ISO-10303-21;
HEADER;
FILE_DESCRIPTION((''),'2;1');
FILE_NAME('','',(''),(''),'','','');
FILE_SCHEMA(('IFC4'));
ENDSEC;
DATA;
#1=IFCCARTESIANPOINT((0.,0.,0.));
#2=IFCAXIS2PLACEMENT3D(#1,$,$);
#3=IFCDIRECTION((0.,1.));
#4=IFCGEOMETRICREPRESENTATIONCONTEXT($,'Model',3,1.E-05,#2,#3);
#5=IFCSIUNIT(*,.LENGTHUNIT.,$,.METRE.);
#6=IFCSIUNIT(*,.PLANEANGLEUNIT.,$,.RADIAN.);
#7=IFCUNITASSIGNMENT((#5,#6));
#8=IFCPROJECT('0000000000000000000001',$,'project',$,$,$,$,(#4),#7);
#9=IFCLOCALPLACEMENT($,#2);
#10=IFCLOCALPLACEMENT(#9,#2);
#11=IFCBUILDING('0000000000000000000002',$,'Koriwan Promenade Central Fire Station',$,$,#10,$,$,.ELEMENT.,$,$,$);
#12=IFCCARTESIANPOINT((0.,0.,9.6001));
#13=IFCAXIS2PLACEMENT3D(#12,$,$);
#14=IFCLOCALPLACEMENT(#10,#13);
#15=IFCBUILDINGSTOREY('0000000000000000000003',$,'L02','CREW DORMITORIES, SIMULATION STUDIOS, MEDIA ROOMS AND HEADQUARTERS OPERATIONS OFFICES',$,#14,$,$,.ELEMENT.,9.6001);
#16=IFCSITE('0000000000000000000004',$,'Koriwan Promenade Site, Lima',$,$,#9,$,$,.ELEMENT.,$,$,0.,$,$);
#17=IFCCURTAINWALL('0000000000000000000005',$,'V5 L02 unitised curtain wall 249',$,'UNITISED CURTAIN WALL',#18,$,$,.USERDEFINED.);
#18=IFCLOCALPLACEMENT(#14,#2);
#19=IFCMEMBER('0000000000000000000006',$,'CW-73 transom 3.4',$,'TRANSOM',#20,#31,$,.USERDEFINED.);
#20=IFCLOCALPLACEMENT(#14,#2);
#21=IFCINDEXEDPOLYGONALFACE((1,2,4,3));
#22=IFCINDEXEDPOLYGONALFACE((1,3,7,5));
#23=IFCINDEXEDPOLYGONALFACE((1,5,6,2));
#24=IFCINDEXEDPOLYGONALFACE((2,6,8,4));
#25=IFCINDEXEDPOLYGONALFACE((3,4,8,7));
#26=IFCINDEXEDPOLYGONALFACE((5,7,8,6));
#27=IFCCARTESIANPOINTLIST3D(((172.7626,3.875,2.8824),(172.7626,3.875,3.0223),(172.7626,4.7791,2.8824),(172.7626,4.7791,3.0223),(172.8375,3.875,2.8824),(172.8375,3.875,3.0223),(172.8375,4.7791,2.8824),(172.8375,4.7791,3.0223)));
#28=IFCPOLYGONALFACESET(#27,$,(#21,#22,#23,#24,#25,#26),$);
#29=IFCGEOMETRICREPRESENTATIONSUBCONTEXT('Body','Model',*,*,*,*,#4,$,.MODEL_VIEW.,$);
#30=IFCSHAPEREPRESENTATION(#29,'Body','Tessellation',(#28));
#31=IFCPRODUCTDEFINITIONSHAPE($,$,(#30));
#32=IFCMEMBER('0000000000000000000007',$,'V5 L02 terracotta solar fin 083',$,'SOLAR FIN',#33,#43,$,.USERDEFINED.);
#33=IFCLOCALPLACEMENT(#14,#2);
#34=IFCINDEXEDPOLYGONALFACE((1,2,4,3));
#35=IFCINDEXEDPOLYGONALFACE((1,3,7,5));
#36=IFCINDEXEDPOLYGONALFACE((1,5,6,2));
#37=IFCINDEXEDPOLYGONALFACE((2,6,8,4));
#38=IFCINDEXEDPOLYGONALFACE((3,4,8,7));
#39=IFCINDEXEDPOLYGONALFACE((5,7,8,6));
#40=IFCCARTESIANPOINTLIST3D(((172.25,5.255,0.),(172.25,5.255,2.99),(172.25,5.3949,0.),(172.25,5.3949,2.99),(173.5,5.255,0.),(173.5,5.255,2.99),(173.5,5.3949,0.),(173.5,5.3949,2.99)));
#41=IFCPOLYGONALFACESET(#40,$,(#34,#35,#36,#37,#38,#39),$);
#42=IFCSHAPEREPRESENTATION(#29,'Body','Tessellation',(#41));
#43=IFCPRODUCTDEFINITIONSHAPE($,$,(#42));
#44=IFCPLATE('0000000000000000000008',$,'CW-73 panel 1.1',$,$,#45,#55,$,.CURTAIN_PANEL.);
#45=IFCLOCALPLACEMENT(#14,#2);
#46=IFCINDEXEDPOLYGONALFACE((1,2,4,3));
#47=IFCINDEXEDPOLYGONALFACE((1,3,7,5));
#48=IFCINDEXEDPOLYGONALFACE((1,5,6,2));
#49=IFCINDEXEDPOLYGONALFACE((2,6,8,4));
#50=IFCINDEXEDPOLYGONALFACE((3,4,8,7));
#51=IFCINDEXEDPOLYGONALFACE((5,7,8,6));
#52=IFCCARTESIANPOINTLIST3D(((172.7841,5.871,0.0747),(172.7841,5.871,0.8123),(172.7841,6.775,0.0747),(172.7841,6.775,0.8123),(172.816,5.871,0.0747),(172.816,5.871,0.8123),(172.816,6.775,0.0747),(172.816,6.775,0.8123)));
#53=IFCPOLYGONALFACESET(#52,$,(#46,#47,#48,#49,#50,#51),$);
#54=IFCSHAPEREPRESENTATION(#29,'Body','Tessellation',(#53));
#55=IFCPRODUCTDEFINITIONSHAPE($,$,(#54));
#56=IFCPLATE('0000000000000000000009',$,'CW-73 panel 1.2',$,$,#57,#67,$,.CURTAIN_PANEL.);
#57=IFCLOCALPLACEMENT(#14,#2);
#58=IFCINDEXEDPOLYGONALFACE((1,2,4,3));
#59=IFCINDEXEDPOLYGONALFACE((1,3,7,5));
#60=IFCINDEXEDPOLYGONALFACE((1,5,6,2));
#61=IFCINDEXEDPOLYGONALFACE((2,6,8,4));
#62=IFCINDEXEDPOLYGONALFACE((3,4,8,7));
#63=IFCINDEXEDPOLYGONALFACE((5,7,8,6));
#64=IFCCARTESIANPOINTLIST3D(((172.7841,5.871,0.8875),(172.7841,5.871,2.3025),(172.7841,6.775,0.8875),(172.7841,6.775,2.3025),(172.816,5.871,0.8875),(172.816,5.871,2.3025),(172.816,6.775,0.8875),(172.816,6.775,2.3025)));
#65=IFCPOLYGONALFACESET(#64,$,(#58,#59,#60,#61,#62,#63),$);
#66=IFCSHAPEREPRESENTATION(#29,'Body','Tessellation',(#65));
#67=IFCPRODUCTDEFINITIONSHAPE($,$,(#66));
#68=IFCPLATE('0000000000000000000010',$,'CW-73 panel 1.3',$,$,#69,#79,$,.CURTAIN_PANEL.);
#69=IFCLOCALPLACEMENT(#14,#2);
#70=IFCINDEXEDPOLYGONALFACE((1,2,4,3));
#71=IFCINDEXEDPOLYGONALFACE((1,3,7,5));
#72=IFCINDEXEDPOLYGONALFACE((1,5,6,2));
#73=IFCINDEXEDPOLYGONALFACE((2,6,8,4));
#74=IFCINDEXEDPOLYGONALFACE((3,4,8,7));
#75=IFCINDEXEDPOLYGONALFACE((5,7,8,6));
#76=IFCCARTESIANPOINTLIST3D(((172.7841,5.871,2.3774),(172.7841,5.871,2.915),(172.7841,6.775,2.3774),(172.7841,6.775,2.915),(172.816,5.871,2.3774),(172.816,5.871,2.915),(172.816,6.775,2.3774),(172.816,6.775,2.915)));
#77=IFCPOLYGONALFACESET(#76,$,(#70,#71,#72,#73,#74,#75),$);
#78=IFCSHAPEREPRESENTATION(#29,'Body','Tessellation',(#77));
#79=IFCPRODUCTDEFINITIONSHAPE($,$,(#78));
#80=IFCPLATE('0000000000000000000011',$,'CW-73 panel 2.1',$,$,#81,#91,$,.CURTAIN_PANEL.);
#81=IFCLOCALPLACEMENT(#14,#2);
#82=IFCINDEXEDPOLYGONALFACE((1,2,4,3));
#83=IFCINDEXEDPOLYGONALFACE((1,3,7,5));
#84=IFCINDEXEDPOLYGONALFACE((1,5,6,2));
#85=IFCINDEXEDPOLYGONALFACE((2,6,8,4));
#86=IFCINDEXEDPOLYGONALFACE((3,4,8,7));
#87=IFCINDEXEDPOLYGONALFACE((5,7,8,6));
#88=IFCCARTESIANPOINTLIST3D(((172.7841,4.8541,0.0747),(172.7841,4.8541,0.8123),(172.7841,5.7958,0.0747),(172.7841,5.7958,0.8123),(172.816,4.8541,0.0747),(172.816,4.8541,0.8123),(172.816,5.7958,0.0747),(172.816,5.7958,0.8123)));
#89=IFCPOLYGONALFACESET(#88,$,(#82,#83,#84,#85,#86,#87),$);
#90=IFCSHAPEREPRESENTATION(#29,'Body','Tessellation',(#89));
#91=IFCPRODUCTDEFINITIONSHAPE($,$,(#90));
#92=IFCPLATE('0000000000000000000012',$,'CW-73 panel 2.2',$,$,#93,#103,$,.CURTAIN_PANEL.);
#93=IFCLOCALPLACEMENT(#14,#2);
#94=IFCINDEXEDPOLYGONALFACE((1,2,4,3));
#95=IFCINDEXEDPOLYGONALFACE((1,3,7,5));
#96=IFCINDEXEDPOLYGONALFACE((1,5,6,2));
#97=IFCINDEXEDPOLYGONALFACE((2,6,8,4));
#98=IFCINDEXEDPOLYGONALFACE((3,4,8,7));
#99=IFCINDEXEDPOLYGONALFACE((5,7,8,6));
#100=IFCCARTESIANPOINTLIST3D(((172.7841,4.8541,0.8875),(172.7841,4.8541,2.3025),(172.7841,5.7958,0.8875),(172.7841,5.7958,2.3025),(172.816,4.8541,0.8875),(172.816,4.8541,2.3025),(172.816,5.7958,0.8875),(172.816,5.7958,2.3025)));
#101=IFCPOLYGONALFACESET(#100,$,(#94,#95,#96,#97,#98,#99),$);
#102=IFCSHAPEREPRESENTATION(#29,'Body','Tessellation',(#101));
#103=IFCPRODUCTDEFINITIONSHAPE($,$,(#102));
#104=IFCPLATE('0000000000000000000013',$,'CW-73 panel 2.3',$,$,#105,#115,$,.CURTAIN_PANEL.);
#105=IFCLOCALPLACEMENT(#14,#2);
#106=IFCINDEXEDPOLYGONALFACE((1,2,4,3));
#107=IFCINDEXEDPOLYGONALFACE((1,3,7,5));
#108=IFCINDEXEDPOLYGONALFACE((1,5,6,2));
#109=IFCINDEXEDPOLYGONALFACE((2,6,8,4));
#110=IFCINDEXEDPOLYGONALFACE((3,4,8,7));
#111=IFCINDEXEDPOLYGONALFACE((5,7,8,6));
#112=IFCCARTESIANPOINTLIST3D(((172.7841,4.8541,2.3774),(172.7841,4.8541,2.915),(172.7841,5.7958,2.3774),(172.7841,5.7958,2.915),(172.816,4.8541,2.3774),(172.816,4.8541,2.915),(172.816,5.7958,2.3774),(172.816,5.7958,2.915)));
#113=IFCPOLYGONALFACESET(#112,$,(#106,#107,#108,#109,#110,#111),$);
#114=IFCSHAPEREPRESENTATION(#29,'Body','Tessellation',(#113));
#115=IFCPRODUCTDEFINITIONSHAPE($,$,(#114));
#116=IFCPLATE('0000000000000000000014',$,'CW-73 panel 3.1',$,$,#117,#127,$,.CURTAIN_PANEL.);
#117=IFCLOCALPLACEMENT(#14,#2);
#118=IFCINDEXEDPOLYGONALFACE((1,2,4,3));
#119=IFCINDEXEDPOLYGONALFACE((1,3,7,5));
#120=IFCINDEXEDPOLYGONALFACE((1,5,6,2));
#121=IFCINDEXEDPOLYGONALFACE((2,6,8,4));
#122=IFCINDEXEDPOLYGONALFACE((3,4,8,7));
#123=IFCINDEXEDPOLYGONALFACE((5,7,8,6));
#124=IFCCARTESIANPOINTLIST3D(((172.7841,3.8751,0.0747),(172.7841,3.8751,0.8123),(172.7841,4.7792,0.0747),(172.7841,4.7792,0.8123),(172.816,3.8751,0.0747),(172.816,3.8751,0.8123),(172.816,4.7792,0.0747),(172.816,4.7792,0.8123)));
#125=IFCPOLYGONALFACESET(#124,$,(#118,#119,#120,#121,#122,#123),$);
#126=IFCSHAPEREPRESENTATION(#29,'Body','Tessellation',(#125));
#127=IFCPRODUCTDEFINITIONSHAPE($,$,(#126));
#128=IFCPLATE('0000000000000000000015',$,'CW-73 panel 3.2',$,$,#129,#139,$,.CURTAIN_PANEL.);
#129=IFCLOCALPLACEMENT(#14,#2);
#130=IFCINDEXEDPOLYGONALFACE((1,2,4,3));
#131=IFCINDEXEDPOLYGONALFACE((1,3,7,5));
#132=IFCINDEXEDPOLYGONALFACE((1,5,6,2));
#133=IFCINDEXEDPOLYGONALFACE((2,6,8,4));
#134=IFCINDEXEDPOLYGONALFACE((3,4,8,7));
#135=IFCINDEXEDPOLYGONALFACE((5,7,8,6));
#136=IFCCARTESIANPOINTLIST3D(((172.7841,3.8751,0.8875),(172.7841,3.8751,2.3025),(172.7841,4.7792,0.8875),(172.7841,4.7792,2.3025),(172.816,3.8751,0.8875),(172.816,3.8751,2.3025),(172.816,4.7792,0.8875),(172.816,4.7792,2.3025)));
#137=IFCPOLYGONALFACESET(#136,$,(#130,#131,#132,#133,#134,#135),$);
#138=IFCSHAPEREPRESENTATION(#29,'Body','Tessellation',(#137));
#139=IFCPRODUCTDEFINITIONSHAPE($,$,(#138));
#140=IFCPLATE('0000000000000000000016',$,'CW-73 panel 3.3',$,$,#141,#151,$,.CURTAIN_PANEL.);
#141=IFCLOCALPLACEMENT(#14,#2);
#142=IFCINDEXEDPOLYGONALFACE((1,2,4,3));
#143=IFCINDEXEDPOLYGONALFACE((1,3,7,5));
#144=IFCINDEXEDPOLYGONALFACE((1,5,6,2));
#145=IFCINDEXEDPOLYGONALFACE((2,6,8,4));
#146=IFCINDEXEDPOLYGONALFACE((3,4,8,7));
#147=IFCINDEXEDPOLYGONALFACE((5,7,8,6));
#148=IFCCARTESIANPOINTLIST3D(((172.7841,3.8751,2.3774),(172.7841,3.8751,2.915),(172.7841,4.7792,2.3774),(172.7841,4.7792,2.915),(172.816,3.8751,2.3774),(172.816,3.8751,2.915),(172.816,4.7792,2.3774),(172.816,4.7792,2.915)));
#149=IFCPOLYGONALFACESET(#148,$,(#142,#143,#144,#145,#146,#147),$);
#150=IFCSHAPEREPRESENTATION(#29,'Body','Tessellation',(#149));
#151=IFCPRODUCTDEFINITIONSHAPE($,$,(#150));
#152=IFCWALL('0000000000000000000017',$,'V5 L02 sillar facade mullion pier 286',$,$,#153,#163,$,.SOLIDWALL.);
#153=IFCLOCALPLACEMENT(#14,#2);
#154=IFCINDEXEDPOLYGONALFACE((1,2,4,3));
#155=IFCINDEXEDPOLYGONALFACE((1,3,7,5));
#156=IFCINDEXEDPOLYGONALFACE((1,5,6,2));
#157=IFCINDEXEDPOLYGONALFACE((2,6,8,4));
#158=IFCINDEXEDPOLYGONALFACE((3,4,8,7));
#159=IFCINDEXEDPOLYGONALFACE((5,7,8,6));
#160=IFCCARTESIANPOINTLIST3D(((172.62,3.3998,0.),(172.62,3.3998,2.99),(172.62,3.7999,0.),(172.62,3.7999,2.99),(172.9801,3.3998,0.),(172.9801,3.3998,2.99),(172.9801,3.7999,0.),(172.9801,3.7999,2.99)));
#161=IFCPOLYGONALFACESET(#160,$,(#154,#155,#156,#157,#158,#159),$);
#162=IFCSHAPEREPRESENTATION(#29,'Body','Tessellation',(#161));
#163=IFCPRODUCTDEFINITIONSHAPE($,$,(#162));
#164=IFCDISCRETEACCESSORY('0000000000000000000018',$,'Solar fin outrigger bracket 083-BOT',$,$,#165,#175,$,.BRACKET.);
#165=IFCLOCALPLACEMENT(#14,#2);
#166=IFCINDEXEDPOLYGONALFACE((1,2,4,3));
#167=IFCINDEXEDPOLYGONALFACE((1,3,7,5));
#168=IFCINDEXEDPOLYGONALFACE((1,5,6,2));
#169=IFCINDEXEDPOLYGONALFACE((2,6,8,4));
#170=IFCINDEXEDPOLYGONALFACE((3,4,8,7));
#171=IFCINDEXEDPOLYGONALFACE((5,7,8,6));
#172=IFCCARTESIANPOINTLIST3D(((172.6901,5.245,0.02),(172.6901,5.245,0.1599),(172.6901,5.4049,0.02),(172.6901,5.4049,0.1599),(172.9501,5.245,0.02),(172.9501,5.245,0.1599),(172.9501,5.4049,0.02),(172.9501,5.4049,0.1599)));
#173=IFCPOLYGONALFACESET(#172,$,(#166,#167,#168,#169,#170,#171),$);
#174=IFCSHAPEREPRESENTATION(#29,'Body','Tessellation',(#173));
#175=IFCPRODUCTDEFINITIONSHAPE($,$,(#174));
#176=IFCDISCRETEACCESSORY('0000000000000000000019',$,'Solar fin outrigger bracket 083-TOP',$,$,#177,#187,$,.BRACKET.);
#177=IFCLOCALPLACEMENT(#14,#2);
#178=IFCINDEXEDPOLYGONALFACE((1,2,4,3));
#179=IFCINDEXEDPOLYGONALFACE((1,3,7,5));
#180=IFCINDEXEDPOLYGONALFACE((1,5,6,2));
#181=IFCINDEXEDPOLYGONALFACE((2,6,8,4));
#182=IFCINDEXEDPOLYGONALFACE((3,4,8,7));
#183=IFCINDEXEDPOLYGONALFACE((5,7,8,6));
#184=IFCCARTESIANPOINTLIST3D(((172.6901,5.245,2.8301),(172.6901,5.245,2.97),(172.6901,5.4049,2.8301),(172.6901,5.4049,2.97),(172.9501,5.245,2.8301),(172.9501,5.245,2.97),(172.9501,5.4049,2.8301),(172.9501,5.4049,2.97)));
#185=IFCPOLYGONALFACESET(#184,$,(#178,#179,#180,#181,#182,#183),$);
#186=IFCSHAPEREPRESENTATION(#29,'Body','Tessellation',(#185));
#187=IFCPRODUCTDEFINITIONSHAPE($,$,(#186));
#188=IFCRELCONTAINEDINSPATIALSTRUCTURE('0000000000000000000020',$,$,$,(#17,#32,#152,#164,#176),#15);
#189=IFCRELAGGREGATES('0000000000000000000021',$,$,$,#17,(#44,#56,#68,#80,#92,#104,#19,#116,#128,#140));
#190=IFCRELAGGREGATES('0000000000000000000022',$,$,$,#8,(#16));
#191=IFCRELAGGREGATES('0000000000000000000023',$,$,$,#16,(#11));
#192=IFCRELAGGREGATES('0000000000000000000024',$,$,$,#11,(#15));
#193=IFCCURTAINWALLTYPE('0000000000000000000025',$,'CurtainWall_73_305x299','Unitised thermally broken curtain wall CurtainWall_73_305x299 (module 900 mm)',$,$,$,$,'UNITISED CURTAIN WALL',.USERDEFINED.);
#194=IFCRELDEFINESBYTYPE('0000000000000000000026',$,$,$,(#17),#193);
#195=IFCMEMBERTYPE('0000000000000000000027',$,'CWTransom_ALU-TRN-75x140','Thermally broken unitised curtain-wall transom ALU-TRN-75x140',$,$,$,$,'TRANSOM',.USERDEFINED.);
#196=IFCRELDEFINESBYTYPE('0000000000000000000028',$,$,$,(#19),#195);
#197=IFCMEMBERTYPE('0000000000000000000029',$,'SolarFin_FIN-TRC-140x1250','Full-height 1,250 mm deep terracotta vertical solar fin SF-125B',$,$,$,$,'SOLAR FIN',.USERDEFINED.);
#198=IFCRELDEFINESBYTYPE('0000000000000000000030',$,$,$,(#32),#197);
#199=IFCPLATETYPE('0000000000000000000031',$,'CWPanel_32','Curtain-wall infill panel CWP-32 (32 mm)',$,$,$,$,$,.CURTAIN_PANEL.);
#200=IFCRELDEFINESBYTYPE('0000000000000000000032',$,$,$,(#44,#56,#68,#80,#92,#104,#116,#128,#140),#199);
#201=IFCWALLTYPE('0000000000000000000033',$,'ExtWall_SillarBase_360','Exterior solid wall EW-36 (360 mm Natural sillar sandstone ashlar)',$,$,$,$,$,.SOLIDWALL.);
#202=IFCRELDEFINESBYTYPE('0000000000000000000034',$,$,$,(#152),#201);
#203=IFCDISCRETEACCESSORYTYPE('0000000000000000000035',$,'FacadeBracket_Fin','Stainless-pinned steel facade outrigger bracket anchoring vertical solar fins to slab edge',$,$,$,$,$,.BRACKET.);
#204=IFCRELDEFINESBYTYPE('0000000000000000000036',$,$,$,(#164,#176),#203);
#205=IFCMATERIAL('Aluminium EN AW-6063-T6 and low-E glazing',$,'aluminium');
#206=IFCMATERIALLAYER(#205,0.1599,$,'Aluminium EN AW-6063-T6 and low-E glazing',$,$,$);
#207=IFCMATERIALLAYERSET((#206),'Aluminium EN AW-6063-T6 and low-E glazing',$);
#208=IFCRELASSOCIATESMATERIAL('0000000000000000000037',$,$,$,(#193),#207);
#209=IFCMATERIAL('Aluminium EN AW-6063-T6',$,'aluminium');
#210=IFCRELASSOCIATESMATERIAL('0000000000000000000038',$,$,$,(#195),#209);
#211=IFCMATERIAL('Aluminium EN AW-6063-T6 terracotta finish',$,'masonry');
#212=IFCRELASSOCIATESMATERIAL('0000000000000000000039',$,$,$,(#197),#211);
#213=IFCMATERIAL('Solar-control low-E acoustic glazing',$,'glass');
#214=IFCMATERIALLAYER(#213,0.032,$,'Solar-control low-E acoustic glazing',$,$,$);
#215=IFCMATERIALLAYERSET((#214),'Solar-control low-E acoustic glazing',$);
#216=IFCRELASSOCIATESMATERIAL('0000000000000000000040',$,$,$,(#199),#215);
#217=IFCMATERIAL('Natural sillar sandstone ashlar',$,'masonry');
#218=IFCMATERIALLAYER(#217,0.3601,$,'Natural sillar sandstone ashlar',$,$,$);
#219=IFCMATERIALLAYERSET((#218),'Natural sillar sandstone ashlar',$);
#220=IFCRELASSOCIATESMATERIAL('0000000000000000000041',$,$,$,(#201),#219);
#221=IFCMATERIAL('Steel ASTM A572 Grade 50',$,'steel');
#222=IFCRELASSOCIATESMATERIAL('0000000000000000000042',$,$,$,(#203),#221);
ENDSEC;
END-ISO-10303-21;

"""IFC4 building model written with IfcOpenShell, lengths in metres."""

from ifc_helpers import new_model, si_unit, direction, frame, frame_2d, origin, origin_2d, place, context, subcontext, project, spatial, rectangle, extrude, material, layer, layer_set, material_profile, profile_set, type_object, element, aggregate, save


model = new_model("IFC4")

# Units and contexts
model_context = context("Model", 3, precision=1e-05, world=origin(), true_north=direction((0.0, 1.0)))
body_context = subcontext(model_context, "Body", "Model", "MODEL_VIEW")
ifc_project = project(units=[si_unit("LENGTHUNIT", "METRE"), si_unit("PLANEANGLEUNIT", "RADIAN")], contexts=[model_context])

# Site, building, storey
site_placement = place(None, origin())
site = spatial("IfcSite", under=ifc_project, at=site_placement, Name="Koriwan Promenade Site, Lima", CompositionType="ELEMENT", RefElevation=0.0)
building_placement = place(site_placement, origin())
building = spatial("IfcBuilding", under=site, at=building_placement, Name="Koriwan Promenade Central Fire Station", CompositionType="ELEMENT")
storey_placement = place(building_placement, frame((0.0, 0.0, 9.6001)))
storey = spatial("IfcBuildingStorey", under=building, at=storey_placement, Name="L02", Description="CREW DORMITORIES, SIMULATION STUDIOS, MEDIA ROOMS AND HEADQUARTERS OPERATIONS OFFICES", CompositionType="ELEMENT", Elevation=9.6001)

# Curtain wall, member
ifc_material_1 = material(Name="Aluminium EN AW-6063-T6 and low-E glazing", Category="aluminium")
ifc_layer_1 = layer(ifc_material_1, 0.1599, Name="Aluminium EN AW-6063-T6 and low-E glazing")
ifc_layer_set_1 = layer_set([ifc_layer_1], Name="Aluminium EN AW-6063-T6 and low-E glazing")
curtain_wall_type = type_object("IfcCurtainWallType", Name="CurtainWall_73_305x299", Description="Unitised thermally broken curtain wall CurtainWall_73_305x299 (module 900 mm)", ElementType="UNITISED CURTAIN WALL", PredefinedType="USERDEFINED", material=ifc_layer_set_1)
curtain_wall_placement = place(storey_placement, origin())
curtain_wall = element("IfcCurtainWall", 1, at=curtain_wall_placement, inside=storey, type_object=curtain_wall_type, Name="V5 L02 unitised curtain wall 249", ObjectType="UNITISED CURTAIN WALL", PredefinedType="USERDEFINED")
ifc_material_2 = material(Name="Aluminium EN AW-6063-T6", Category="aluminium")
ifc_material_profile_1 = material_profile(ifc_material_2, rectangle(XDim=0.075, YDim=0.1399, at=origin_2d()), Name="ALU-TRN-75x140")
ifc_profile_set_1 = profile_set([ifc_material_profile_1], Name="Aluminium EN AW-6063-T6")
member_type_1 = type_object("IfcMemberType", Name="CWTransom_ALU-TRN-75x140", Description="Thermally broken unitised curtain-wall transom ALU-TRN-75x140", ElementType="TRANSOM", PredefinedType="USERDEFINED", material=ifc_profile_set_1)
member_1_placement = place(storey_placement, frame((172.8, 4.7791, 2.9524), z_axis=(0.0, -1.0, 0.0), x_axis=(1.0, 0.0, 0.0)))
member_1 = element("IfcMember", 2, at=member_1_placement, type_object=member_type_1, Name="CW-73 transom 3.4", ObjectType="TRANSOM", PredefinedType="USERDEFINED", context=body_context, shape_type="SweptSolid", body=[
    extrude(rectangle(XDim=0.075, YDim=0.1399, at=origin_2d()), origin(), (0.0, 0.0, 1.0), 0.9041),
])

# Member
ifc_material_3 = material(Name="Aluminium EN AW-6063-T6 terracotta finish", Category="masonry")
ifc_material_profile_2 = material_profile(ifc_material_3, rectangle(XDim=0.1399, YDim=1.25, at=origin_2d()), Name="FIN-TRC-140x1250")
ifc_profile_set_2 = profile_set([ifc_material_profile_2], Name="Aluminium EN AW-6063-T6 terracotta finish")
member_type_2 = type_object("IfcMemberType", Name="SolarFin_FIN-TRC-140x1250", Description="Full-height 1,250 mm deep terracotta vertical solar fin SF-125B", ElementType="SOLAR FIN", PredefinedType="USERDEFINED", material=ifc_profile_set_2)
member_2_placement = place(storey_placement, frame((172.875, 5.325, 0.0), z_axis=(0.0, 0.0, 1.0), x_axis=(0.0, -1.0, 0.0)))
element("IfcMember", 3, at=member_2_placement, inside=storey, type_object=member_type_2, Name="V5 L02 terracotta solar fin 083", ObjectType="SOLAR FIN", PredefinedType="USERDEFINED", context=body_context, shape_type="SweptSolid", body=[
    extrude(rectangle(XDim=0.1399, YDim=1.25, at=origin_2d()), origin(), (0.0, 0.0, 1.0), 2.99),
])

# Plates
ifc_material_4 = material(Name="Solar-control low-E acoustic glazing", Category="glass")
ifc_layer_2 = layer(ifc_material_4, 0.032, Name="Solar-control low-E acoustic glazing")
ifc_layer_set_2 = layer_set([ifc_layer_2], Name="Solar-control low-E acoustic glazing")
plate_type = type_object("IfcPlateType", Name="CWPanel_32", Description="Curtain-wall infill panel CWP-32 (32 mm)", PredefinedType="CURTAIN_PANEL", material=ifc_layer_set_2)
plate_1_placement = place(storey_placement, frame((172.8, 6.323, 0.0747), z_axis=(0.0, 0.0, 1.0), x_axis=(0.0, -1.0, 0.0)))
plate_1 = element("IfcPlate", 4, at=plate_1_placement, type_object=plate_type, Name="CW-73 panel 1.1", PredefinedType="CURTAIN_PANEL", context=body_context, shape_type="SweptSolid", body=[
    extrude(rectangle(XDim=0.9041, YDim=0.032, at=origin_2d()), origin(), (0.0, 0.0, 1.0), 0.7375),
])
plate_2_placement = place(storey_placement, frame((172.8, 6.323, 0.8875), z_axis=(0.0, 0.0, 1.0), x_axis=(0.0, -1.0, 0.0)))
plate_2 = element("IfcPlate", 5, at=plate_2_placement, type_object=plate_type, Name="CW-73 panel 1.2", PredefinedType="CURTAIN_PANEL", context=body_context, shape_type="SweptSolid", body=[
    extrude(rectangle(XDim=0.9041, YDim=0.032, at=origin_2d()), origin(), (0.0, 0.0, 1.0), 1.415),
])
plate_3_placement = place(storey_placement, frame((172.8, 6.323, 2.3774), z_axis=(0.0, 0.0, 1.0), x_axis=(0.0, -1.0, 0.0)))
plate_3 = element("IfcPlate", 6, at=plate_3_placement, type_object=plate_type, Name="CW-73 panel 1.3", PredefinedType="CURTAIN_PANEL", context=body_context, shape_type="SweptSolid", body=[
    extrude(rectangle(XDim=0.9041, YDim=0.032, at=origin_2d()), origin(), (0.0, 0.0, 1.0), 0.5376),
])
plate_4_placement = place(storey_placement, frame((172.8, 5.325, 0.0747), z_axis=(0.0, 0.0, 1.0), x_axis=(0.0, -1.0, 0.0)))
plate_4 = element("IfcPlate", 7, at=plate_4_placement, type_object=plate_type, Name="CW-73 panel 2.1", PredefinedType="CURTAIN_PANEL", context=body_context, shape_type="SweptSolid", body=[
    extrude(rectangle(XDim=0.9417, YDim=0.032, at=origin_2d()), origin(), (0.0, 0.0, 1.0), 0.7375),
])
plate_5_placement = place(storey_placement, frame((172.8, 5.325, 0.8875), z_axis=(0.0, 0.0, 1.0), x_axis=(0.0, -1.0, 0.0)))
plate_5 = element("IfcPlate", 8, at=plate_5_placement, type_object=plate_type, Name="CW-73 panel 2.2", PredefinedType="CURTAIN_PANEL", context=body_context, shape_type="SweptSolid", body=[
    extrude(rectangle(XDim=0.9417, YDim=0.032, at=origin_2d()), origin(), (0.0, 0.0, 1.0), 1.415),
])
plate_6_placement = place(storey_placement, frame((172.8, 5.325, 2.3774), z_axis=(0.0, 0.0, 1.0), x_axis=(0.0, -1.0, 0.0)))
plate_6 = element("IfcPlate", 9, at=plate_6_placement, type_object=plate_type, Name="CW-73 panel 2.3", PredefinedType="CURTAIN_PANEL", context=body_context, shape_type="SweptSolid", body=[
    extrude(rectangle(XDim=0.9417, YDim=0.032, at=origin_2d()), origin(), (0.0, 0.0, 1.0), 0.5376),
])
plate_7_placement = place(storey_placement, frame((172.8, 4.3271, 0.0747), z_axis=(0.0, 0.0, 1.0), x_axis=(0.0, -1.0, 0.0)))
plate_7 = element("IfcPlate", 10, at=plate_7_placement, type_object=plate_type, Name="CW-73 panel 3.1", PredefinedType="CURTAIN_PANEL", context=body_context, shape_type="SweptSolid", body=[
    extrude(rectangle(XDim=0.9041, YDim=0.032, at=origin_2d()), origin(), (0.0, 0.0, 1.0), 0.7375),
])
plate_8_placement = place(storey_placement, frame((172.8, 4.3271, 0.8875), z_axis=(0.0, 0.0, 1.0), x_axis=(0.0, -1.0, 0.0)))
plate_8 = element("IfcPlate", 11, at=plate_8_placement, type_object=plate_type, Name="CW-73 panel 3.2", PredefinedType="CURTAIN_PANEL", context=body_context, shape_type="SweptSolid", body=[
    extrude(rectangle(XDim=0.9041, YDim=0.032, at=origin_2d()), origin(), (0.0, 0.0, 1.0), 1.415),
])
plate_9_placement = place(storey_placement, frame((172.8, 4.3271, 2.3774), z_axis=(0.0, 0.0, 1.0), x_axis=(0.0, -1.0, 0.0)))
plate_9 = element("IfcPlate", 12, at=plate_9_placement, type_object=plate_type, Name="CW-73 panel 3.3", PredefinedType="CURTAIN_PANEL", context=body_context, shape_type="SweptSolid", body=[
    extrude(rectangle(XDim=0.9041, YDim=0.032, at=origin_2d()), origin(), (0.0, 0.0, 1.0), 0.5376),
])
aggregate(curtain_wall, [plate_1, plate_2, plate_3, plate_4, plate_5, plate_6, member_1, plate_7, plate_8, plate_9])

# Wall
ifc_material_5 = material(Name="Natural sillar sandstone ashlar", Category="masonry")
ifc_layer_3 = layer(ifc_material_5, 0.3601, Name="Natural sillar sandstone ashlar")
ifc_layer_set_3 = layer_set([ifc_layer_3], Name="Natural sillar sandstone ashlar")
wall_type = type_object("IfcWallType", Name="ExtWall_SillarBase_360", Description="Exterior solid wall EW-36 (360 mm Natural sillar sandstone ashlar)", PredefinedType="SOLIDWALL", material=ifc_layer_set_3)
wall_placement = place(storey_placement, frame((172.8, 3.8, 0.0), z_axis=(0.0, 0.0, 1.0), x_axis=(0.0, -1.0, 0.0)))
element("IfcWall", 13, at=wall_placement, inside=storey, type_object=wall_type, Name="V5 L02 sillar facade mullion pier 286", PredefinedType="SOLIDWALL", context=body_context, shape_type="SweptSolid", body=[
    extrude(rectangle(XDim=0.4001, YDim=0.3601, at=frame_2d((0.2002, 0.0))), origin(), (0.0, 0.0, 1.0), 2.99),
])

# Discrete accessories
ifc_material_6 = material(Name="Steel ASTM A572 Grade 50", Category="steel")
discrete_accessory_type = type_object("IfcDiscreteAccessoryType", Name="FacadeBracket_Fin", Description="Stainless-pinned steel facade outrigger bracket anchoring vertical solar fins to slab edge", PredefinedType="BRACKET", material=ifc_material_6)
for number, where, z_axis, x_axis, name in (
    (14, (172.8201, 5.325, 0.02), (0.0, 0.0, 1.0), (1.0, 0.0, 0.0), "Solar fin outrigger bracket 083-BOT"),
    (15, (172.8201, 5.325, 2.8301), (0.0, 0.0, 1.0), (1.0, 0.0, 0.0), "Solar fin outrigger bracket 083-TOP"),
):
    element("IfcDiscreteAccessory", number, at=place(storey_placement, frame(where, z_axis=z_axis, x_axis=x_axis)), inside=storey, type_object=discrete_accessory_type, Name=name, PredefinedType="BRACKET", context=body_context, shape_type="SweptSolid", body=[
        extrude(rectangle(XDim=0.26, YDim=0.1599, at=origin_2d()), origin(), (0.0, 0.0, 1.0), 0.1399),
    ])

save(model, "model.ifc")
